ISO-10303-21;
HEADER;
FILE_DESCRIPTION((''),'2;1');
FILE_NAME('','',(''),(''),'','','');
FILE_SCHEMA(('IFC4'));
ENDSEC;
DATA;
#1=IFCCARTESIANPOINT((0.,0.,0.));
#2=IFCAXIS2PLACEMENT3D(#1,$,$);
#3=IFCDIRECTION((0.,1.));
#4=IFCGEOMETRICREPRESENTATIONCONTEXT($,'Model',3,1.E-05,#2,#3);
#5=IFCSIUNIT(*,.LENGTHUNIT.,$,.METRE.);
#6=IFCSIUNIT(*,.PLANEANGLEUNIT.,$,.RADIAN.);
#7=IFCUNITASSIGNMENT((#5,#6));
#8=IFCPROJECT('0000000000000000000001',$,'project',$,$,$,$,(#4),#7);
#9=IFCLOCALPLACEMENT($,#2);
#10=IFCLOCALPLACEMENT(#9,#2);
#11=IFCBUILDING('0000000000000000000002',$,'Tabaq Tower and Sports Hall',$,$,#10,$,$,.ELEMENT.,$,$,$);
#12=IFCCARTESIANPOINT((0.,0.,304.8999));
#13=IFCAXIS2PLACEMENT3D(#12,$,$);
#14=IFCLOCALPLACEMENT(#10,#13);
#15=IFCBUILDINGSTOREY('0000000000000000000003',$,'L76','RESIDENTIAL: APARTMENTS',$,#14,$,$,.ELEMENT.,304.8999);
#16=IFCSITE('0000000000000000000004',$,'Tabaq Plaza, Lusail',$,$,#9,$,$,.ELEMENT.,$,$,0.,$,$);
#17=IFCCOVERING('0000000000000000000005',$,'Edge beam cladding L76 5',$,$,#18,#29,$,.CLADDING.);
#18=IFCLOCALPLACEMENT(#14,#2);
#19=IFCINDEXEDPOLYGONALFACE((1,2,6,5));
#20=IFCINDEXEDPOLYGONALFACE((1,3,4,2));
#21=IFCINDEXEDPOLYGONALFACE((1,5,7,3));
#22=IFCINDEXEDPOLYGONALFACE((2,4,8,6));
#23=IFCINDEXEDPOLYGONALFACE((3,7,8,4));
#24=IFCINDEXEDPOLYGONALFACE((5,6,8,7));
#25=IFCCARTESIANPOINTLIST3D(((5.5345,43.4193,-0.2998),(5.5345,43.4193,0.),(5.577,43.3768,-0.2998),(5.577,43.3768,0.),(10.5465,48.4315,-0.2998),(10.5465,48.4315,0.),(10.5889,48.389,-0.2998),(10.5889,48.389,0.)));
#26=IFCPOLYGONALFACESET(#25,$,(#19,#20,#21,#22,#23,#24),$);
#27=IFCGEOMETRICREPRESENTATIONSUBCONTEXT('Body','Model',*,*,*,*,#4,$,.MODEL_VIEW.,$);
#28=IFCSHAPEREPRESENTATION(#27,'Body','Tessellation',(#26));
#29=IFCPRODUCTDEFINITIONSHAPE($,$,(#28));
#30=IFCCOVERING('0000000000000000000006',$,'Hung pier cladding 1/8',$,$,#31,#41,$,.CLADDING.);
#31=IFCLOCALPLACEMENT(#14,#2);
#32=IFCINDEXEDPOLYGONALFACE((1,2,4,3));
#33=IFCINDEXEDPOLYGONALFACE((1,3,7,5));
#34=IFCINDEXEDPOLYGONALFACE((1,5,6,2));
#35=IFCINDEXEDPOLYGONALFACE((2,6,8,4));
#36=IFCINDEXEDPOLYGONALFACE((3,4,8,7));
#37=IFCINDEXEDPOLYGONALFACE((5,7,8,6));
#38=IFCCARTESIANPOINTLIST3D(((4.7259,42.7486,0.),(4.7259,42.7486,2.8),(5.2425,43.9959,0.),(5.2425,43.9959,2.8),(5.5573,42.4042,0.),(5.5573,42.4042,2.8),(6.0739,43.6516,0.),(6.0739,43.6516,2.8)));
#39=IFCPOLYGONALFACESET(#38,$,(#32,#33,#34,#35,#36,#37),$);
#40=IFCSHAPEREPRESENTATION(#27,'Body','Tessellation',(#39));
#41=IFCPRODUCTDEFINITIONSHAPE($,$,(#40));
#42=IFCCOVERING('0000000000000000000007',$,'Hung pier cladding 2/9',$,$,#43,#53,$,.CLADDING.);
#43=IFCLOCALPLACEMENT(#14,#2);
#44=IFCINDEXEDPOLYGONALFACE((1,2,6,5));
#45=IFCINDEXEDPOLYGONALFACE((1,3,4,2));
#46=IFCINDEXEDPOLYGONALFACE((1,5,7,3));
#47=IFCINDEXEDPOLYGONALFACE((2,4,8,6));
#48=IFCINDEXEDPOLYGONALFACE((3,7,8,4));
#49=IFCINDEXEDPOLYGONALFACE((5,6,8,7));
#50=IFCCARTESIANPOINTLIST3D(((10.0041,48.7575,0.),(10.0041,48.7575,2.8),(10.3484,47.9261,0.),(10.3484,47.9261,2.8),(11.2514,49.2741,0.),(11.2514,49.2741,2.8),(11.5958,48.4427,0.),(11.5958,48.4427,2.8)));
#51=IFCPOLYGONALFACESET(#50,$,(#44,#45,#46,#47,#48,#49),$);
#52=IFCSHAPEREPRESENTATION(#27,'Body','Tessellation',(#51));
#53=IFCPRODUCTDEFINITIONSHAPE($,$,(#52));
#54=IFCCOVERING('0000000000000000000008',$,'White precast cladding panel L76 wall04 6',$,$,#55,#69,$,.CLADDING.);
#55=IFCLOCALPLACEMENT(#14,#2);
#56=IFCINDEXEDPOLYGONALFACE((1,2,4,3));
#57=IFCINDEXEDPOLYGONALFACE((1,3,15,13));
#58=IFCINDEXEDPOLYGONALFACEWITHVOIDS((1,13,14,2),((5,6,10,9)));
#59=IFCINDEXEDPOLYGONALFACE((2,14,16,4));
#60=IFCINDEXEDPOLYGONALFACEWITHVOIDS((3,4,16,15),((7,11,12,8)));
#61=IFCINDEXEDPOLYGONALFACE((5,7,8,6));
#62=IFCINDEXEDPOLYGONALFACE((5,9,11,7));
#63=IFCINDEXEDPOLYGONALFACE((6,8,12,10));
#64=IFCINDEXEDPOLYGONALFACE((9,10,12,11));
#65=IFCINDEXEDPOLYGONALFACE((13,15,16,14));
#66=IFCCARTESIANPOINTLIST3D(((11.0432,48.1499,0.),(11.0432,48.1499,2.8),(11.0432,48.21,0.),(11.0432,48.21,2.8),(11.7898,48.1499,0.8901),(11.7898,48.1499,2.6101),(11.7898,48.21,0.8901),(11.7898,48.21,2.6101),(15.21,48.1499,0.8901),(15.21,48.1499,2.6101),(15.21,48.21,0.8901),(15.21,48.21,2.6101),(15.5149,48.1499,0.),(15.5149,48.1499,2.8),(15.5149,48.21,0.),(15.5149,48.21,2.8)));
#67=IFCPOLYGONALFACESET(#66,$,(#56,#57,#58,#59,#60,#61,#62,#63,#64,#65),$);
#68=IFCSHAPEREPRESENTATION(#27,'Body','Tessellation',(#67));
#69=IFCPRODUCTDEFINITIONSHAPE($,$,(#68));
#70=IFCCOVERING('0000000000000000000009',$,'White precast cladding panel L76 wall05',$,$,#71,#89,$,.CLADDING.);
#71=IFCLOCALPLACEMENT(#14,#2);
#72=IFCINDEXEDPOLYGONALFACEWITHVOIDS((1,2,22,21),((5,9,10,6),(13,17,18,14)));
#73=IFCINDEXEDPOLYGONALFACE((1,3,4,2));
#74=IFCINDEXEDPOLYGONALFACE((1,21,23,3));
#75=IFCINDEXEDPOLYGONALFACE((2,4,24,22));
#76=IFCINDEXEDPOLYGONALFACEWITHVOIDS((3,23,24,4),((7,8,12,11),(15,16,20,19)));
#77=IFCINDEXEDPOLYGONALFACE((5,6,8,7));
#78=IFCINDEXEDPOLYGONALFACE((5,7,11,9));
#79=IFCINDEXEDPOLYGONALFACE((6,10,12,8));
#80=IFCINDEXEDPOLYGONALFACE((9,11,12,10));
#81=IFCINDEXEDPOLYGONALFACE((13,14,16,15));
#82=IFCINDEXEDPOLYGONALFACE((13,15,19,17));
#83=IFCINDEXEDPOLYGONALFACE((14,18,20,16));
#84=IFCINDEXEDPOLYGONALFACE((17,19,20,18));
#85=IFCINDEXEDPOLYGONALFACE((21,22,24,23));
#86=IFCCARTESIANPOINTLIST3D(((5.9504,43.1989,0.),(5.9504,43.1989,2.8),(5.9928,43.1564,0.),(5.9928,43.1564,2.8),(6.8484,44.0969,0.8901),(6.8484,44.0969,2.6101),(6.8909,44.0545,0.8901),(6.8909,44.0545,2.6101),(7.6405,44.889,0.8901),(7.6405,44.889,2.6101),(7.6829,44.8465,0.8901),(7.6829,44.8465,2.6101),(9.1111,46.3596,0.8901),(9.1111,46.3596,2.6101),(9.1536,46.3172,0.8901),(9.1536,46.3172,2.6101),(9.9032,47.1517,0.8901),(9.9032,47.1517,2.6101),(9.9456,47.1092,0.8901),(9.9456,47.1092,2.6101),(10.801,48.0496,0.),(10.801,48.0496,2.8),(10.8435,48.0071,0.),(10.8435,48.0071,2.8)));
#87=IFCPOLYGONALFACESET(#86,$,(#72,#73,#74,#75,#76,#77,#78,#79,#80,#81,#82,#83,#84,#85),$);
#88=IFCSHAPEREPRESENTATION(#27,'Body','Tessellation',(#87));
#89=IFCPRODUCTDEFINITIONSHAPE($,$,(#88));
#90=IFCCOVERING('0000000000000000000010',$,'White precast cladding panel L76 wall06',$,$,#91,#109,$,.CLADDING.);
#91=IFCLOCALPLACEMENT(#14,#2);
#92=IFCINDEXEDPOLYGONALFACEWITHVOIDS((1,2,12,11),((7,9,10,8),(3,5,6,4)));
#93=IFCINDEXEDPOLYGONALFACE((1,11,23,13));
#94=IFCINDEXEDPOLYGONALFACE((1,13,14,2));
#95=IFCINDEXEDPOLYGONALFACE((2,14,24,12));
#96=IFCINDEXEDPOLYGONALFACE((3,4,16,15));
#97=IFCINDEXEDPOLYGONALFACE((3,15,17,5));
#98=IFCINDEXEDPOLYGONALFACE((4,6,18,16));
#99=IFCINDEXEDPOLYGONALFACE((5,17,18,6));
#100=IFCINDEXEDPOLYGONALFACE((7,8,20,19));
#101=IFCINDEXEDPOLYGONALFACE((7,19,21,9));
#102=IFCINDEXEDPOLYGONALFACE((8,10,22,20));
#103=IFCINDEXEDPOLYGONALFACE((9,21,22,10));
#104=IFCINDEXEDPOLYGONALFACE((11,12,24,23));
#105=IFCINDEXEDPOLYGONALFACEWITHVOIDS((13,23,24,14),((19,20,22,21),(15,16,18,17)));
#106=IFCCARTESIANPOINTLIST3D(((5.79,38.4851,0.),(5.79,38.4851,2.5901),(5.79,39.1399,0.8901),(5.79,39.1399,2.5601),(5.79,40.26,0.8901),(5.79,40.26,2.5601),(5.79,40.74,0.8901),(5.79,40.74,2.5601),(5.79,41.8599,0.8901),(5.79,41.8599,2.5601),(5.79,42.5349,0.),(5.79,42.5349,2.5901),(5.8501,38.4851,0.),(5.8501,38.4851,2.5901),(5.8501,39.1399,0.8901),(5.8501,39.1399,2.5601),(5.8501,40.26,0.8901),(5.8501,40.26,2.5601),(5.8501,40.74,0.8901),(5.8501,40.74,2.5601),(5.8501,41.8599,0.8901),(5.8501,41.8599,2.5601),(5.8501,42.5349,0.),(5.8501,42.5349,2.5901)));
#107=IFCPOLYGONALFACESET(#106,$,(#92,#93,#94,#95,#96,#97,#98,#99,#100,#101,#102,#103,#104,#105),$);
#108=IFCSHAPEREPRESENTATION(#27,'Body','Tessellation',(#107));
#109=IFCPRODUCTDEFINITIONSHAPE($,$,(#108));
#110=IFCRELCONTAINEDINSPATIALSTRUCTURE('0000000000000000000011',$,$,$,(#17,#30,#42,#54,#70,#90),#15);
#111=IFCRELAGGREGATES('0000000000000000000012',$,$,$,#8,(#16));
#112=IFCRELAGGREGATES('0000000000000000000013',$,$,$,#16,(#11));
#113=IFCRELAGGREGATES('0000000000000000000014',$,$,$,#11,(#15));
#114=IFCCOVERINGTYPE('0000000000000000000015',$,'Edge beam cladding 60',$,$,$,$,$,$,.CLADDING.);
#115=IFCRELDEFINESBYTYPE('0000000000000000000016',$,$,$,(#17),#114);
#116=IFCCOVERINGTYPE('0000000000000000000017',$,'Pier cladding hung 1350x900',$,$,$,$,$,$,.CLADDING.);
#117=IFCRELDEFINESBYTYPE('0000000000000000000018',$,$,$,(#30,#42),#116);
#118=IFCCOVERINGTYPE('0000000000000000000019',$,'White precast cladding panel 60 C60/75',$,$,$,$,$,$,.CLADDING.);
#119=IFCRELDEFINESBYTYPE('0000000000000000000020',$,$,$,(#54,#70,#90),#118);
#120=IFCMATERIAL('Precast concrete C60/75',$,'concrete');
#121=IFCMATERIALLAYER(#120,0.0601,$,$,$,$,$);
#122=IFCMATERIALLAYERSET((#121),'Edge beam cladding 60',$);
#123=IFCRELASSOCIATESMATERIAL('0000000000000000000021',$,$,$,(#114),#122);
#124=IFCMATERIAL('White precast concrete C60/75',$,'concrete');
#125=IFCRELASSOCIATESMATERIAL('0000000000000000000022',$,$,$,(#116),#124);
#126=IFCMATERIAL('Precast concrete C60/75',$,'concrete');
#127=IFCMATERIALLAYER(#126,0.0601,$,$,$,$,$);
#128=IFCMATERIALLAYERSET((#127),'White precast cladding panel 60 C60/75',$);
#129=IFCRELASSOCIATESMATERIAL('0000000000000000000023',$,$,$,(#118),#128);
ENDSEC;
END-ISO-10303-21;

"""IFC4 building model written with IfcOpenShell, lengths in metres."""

from ifc_helpers import new_model, si_unit, direction, frame, frame_2d, origin, place, context, subcontext, project, spatial, polyline, rectangle, outline, extrude, material, layer, layer_set, type_object, element, save


model = new_model("IFC4")

# Units and contexts
model_context = context("Model", 3, precision=1e-05, world=origin(), true_north=direction((0.0, 1.0)))
body_context = subcontext(model_context, "Body", "Model", "MODEL_VIEW")
ifc_project = project(units=[si_unit("LENGTHUNIT", "METRE"), si_unit("PLANEANGLEUNIT", "RADIAN")], contexts=[model_context])

# Site, building, storey
site_placement = place(None, origin())
site = spatial("IfcSite", under=ifc_project, at=site_placement, Name="Tabaq Plaza, Lusail", CompositionType="ELEMENT", RefElevation=0.0)
building_placement = place(site_placement, origin())
building = spatial("IfcBuilding", under=site, at=building_placement, Name="Tabaq Tower and Sports Hall", CompositionType="ELEMENT")
storey_placement = place(building_placement, frame((0.0, 0.0, 304.8999)))
storey = spatial("IfcBuildingStorey", under=building, at=storey_placement, Name="L76", Description="RESIDENTIAL: APARTMENTS", CompositionType="ELEMENT", Elevation=304.8999)

# Coverings
ifc_material_1 = material(Name="Precast concrete C60/75", Category="concrete")
ifc_layer_1 = layer(ifc_material_1, 0.0601)
ifc_layer_set_1 = layer_set([ifc_layer_1], Name="Edge beam cladding 60")
covering_type_1 = type_object("IfcCoveringType", Name="Edge beam cladding 60", PredefinedType="CLADDING", material=ifc_layer_set_1)
covering_1_placement = place(storey_placement, frame((10.5676, 48.4102, -0.2998), z_axis=(0.0, 0.0, 1.0), x_axis=(-0.70709, -0.707124, 0.0)))
element("IfcCovering", 1, at=covering_1_placement, inside=storey, type_object=covering_type_1, Name="Edge beam cladding L76 5", PredefinedType="CLADDING", context=body_context, shape_type="SweptSolid", body=[
    extrude(rectangle(XDim=7.0881, YDim=0.0601, at=frame_2d((3.5439, 0.0))), origin(), (0.0, 0.0, 1.0), 0.2998),
])
ifc_material_2 = material(Name="White precast concrete C60/75", Category="concrete")
covering_type_2 = type_object("IfcCoveringType", Name="Pier cladding hung 1350x900", PredefinedType="CLADDING", material=ifc_material_2)
for number, where, z_axis, x_axis, name in (
    (2, (5.6582, 43.8237, 0.0), (0.0, 0.0, 1.0), (-0.38265, -0.923893, 0.0), "Hung pier cladding 1/8"),
    (3, (11.4236, 48.8584, 0.0), (0.0, 0.0, 1.0), (-0.923893, -0.38265, 0.0), "Hung pier cladding 2/9"),
):
    element("IfcCovering", number, at=place(storey_placement, frame(where, z_axis=z_axis, x_axis=x_axis)), inside=storey, type_object=covering_type_2, Name=name, PredefinedType="CLADDING", context=body_context, shape_type="SweptSolid", body=[
        extrude(rectangle(XDim=1.3501, YDim=0.8999, at=frame_2d((0.675, 0.0))), origin(), (0.0, 0.0, 1.0), 2.8),
    ])
ifc_material_3 = material(Name="Precast concrete C60/75", Category="concrete")
ifc_layer_2 = layer(ifc_material_3, 0.0601)
ifc_layer_set_2 = layer_set([ifc_layer_2], Name="White precast cladding panel 60 C60/75")
covering_type_3 = type_object("IfcCoveringType", Name="White precast cladding panel 60 C60/75", PredefinedType="CLADDING", material=ifc_layer_set_2)
covering_2_placement = place(storey_placement, frame((15.5149, 48.1799, 0.0), z_axis=(0.0, 0.0, 1.0), x_axis=(-1.0, 0.0, 0.0)))
element("IfcCovering", 4, at=covering_2_placement, inside=storey, type_object=covering_type_3, Name="White precast cladding panel L76 wall04 6", PredefinedType="CLADDING", context=body_context, shape_type="SweptSolid", body=[
    extrude(outline(polyline([(0.0, 0.0), (4.4717, 0.0), (4.4717, 2.8), (0.0, 2.8), (0.0, 0.0)]), holes=[polyline([(0.3049, 0.8901), (0.3049, 2.6101), (3.7251, 2.6101), (3.7251, 0.8901), (0.3049, 0.8901)])]), frame((0.0, 0.03, 0.0), z_axis=(0.0, -1.0, 0.0), x_axis=(1.0, 0.0, 0.0)), (0.0, 0.0, 1.0), 0.0601),
])
covering_3_placement = place(storey_placement, frame((10.8223, 48.0283, 0.0), z_axis=(0.0, 0.0, 1.0), x_axis=(-0.707107, -0.707107, 0.0)))
element("IfcCovering", 5, at=covering_3_placement, inside=storey, type_object=covering_type_3, Name="White precast cladding panel L76 wall05", PredefinedType="CLADDING", context=body_context, shape_type="SweptSolid", body=[
    extrude(outline(polyline([(0.0, 0.0), (6.8599, 0.0), (6.8599, 2.8), (0.0, 2.8), (0.0, 0.0)]), holes=[polyline([(1.2698, 2.6101), (2.3899, 2.6101), (2.3899, 0.8901), (1.2698, 0.8901), (1.2698, 2.6101)]), polyline([(4.4697, 2.6101), (5.5898, 2.6101), (5.5898, 0.8901), (4.4697, 0.8901), (4.4697, 2.6101)])]), frame((0.0, 0.03, 0.0), z_axis=(0.0, -1.0, 0.0), x_axis=(1.0, 0.0, 0.0)), (0.0, 0.0, 1.0), 0.0601),
])
covering_4_placement = place(storey_placement, frame((5.8201, 42.5349, 0.0), z_axis=(0.0, 0.0, 1.0), x_axis=(0.0, -1.0, 0.0)))
element("IfcCovering", 6, at=covering_4_placement, inside=storey, type_object=covering_type_3, Name="White precast cladding panel L76 wall06", PredefinedType="CLADDING", context=body_context, shape_type="SweptSolid", body=[
    extrude(outline(polyline([(0.0, 0.0), (4.0498, 0.0), (4.0498, 2.5901), (0.0, 2.5901), (0.0, 0.0)]), holes=[polyline([(0.675, 0.8901), (0.675, 2.5601), (1.7949, 2.5601), (1.7949, 0.8901), (0.675, 0.8901)]), polyline([(2.2749, 0.8901), (2.2749, 2.5601), (3.395, 2.5601), (3.395, 0.8901), (2.2749, 0.8901)])]), frame((0.0, 0.03, 0.0), z_axis=(0.0, -1.0, 0.0), x_axis=(1.0, 0.0, 0.0)), (0.0, 0.0, 1.0), 0.0601),
])

save(model, "model.ifc")
